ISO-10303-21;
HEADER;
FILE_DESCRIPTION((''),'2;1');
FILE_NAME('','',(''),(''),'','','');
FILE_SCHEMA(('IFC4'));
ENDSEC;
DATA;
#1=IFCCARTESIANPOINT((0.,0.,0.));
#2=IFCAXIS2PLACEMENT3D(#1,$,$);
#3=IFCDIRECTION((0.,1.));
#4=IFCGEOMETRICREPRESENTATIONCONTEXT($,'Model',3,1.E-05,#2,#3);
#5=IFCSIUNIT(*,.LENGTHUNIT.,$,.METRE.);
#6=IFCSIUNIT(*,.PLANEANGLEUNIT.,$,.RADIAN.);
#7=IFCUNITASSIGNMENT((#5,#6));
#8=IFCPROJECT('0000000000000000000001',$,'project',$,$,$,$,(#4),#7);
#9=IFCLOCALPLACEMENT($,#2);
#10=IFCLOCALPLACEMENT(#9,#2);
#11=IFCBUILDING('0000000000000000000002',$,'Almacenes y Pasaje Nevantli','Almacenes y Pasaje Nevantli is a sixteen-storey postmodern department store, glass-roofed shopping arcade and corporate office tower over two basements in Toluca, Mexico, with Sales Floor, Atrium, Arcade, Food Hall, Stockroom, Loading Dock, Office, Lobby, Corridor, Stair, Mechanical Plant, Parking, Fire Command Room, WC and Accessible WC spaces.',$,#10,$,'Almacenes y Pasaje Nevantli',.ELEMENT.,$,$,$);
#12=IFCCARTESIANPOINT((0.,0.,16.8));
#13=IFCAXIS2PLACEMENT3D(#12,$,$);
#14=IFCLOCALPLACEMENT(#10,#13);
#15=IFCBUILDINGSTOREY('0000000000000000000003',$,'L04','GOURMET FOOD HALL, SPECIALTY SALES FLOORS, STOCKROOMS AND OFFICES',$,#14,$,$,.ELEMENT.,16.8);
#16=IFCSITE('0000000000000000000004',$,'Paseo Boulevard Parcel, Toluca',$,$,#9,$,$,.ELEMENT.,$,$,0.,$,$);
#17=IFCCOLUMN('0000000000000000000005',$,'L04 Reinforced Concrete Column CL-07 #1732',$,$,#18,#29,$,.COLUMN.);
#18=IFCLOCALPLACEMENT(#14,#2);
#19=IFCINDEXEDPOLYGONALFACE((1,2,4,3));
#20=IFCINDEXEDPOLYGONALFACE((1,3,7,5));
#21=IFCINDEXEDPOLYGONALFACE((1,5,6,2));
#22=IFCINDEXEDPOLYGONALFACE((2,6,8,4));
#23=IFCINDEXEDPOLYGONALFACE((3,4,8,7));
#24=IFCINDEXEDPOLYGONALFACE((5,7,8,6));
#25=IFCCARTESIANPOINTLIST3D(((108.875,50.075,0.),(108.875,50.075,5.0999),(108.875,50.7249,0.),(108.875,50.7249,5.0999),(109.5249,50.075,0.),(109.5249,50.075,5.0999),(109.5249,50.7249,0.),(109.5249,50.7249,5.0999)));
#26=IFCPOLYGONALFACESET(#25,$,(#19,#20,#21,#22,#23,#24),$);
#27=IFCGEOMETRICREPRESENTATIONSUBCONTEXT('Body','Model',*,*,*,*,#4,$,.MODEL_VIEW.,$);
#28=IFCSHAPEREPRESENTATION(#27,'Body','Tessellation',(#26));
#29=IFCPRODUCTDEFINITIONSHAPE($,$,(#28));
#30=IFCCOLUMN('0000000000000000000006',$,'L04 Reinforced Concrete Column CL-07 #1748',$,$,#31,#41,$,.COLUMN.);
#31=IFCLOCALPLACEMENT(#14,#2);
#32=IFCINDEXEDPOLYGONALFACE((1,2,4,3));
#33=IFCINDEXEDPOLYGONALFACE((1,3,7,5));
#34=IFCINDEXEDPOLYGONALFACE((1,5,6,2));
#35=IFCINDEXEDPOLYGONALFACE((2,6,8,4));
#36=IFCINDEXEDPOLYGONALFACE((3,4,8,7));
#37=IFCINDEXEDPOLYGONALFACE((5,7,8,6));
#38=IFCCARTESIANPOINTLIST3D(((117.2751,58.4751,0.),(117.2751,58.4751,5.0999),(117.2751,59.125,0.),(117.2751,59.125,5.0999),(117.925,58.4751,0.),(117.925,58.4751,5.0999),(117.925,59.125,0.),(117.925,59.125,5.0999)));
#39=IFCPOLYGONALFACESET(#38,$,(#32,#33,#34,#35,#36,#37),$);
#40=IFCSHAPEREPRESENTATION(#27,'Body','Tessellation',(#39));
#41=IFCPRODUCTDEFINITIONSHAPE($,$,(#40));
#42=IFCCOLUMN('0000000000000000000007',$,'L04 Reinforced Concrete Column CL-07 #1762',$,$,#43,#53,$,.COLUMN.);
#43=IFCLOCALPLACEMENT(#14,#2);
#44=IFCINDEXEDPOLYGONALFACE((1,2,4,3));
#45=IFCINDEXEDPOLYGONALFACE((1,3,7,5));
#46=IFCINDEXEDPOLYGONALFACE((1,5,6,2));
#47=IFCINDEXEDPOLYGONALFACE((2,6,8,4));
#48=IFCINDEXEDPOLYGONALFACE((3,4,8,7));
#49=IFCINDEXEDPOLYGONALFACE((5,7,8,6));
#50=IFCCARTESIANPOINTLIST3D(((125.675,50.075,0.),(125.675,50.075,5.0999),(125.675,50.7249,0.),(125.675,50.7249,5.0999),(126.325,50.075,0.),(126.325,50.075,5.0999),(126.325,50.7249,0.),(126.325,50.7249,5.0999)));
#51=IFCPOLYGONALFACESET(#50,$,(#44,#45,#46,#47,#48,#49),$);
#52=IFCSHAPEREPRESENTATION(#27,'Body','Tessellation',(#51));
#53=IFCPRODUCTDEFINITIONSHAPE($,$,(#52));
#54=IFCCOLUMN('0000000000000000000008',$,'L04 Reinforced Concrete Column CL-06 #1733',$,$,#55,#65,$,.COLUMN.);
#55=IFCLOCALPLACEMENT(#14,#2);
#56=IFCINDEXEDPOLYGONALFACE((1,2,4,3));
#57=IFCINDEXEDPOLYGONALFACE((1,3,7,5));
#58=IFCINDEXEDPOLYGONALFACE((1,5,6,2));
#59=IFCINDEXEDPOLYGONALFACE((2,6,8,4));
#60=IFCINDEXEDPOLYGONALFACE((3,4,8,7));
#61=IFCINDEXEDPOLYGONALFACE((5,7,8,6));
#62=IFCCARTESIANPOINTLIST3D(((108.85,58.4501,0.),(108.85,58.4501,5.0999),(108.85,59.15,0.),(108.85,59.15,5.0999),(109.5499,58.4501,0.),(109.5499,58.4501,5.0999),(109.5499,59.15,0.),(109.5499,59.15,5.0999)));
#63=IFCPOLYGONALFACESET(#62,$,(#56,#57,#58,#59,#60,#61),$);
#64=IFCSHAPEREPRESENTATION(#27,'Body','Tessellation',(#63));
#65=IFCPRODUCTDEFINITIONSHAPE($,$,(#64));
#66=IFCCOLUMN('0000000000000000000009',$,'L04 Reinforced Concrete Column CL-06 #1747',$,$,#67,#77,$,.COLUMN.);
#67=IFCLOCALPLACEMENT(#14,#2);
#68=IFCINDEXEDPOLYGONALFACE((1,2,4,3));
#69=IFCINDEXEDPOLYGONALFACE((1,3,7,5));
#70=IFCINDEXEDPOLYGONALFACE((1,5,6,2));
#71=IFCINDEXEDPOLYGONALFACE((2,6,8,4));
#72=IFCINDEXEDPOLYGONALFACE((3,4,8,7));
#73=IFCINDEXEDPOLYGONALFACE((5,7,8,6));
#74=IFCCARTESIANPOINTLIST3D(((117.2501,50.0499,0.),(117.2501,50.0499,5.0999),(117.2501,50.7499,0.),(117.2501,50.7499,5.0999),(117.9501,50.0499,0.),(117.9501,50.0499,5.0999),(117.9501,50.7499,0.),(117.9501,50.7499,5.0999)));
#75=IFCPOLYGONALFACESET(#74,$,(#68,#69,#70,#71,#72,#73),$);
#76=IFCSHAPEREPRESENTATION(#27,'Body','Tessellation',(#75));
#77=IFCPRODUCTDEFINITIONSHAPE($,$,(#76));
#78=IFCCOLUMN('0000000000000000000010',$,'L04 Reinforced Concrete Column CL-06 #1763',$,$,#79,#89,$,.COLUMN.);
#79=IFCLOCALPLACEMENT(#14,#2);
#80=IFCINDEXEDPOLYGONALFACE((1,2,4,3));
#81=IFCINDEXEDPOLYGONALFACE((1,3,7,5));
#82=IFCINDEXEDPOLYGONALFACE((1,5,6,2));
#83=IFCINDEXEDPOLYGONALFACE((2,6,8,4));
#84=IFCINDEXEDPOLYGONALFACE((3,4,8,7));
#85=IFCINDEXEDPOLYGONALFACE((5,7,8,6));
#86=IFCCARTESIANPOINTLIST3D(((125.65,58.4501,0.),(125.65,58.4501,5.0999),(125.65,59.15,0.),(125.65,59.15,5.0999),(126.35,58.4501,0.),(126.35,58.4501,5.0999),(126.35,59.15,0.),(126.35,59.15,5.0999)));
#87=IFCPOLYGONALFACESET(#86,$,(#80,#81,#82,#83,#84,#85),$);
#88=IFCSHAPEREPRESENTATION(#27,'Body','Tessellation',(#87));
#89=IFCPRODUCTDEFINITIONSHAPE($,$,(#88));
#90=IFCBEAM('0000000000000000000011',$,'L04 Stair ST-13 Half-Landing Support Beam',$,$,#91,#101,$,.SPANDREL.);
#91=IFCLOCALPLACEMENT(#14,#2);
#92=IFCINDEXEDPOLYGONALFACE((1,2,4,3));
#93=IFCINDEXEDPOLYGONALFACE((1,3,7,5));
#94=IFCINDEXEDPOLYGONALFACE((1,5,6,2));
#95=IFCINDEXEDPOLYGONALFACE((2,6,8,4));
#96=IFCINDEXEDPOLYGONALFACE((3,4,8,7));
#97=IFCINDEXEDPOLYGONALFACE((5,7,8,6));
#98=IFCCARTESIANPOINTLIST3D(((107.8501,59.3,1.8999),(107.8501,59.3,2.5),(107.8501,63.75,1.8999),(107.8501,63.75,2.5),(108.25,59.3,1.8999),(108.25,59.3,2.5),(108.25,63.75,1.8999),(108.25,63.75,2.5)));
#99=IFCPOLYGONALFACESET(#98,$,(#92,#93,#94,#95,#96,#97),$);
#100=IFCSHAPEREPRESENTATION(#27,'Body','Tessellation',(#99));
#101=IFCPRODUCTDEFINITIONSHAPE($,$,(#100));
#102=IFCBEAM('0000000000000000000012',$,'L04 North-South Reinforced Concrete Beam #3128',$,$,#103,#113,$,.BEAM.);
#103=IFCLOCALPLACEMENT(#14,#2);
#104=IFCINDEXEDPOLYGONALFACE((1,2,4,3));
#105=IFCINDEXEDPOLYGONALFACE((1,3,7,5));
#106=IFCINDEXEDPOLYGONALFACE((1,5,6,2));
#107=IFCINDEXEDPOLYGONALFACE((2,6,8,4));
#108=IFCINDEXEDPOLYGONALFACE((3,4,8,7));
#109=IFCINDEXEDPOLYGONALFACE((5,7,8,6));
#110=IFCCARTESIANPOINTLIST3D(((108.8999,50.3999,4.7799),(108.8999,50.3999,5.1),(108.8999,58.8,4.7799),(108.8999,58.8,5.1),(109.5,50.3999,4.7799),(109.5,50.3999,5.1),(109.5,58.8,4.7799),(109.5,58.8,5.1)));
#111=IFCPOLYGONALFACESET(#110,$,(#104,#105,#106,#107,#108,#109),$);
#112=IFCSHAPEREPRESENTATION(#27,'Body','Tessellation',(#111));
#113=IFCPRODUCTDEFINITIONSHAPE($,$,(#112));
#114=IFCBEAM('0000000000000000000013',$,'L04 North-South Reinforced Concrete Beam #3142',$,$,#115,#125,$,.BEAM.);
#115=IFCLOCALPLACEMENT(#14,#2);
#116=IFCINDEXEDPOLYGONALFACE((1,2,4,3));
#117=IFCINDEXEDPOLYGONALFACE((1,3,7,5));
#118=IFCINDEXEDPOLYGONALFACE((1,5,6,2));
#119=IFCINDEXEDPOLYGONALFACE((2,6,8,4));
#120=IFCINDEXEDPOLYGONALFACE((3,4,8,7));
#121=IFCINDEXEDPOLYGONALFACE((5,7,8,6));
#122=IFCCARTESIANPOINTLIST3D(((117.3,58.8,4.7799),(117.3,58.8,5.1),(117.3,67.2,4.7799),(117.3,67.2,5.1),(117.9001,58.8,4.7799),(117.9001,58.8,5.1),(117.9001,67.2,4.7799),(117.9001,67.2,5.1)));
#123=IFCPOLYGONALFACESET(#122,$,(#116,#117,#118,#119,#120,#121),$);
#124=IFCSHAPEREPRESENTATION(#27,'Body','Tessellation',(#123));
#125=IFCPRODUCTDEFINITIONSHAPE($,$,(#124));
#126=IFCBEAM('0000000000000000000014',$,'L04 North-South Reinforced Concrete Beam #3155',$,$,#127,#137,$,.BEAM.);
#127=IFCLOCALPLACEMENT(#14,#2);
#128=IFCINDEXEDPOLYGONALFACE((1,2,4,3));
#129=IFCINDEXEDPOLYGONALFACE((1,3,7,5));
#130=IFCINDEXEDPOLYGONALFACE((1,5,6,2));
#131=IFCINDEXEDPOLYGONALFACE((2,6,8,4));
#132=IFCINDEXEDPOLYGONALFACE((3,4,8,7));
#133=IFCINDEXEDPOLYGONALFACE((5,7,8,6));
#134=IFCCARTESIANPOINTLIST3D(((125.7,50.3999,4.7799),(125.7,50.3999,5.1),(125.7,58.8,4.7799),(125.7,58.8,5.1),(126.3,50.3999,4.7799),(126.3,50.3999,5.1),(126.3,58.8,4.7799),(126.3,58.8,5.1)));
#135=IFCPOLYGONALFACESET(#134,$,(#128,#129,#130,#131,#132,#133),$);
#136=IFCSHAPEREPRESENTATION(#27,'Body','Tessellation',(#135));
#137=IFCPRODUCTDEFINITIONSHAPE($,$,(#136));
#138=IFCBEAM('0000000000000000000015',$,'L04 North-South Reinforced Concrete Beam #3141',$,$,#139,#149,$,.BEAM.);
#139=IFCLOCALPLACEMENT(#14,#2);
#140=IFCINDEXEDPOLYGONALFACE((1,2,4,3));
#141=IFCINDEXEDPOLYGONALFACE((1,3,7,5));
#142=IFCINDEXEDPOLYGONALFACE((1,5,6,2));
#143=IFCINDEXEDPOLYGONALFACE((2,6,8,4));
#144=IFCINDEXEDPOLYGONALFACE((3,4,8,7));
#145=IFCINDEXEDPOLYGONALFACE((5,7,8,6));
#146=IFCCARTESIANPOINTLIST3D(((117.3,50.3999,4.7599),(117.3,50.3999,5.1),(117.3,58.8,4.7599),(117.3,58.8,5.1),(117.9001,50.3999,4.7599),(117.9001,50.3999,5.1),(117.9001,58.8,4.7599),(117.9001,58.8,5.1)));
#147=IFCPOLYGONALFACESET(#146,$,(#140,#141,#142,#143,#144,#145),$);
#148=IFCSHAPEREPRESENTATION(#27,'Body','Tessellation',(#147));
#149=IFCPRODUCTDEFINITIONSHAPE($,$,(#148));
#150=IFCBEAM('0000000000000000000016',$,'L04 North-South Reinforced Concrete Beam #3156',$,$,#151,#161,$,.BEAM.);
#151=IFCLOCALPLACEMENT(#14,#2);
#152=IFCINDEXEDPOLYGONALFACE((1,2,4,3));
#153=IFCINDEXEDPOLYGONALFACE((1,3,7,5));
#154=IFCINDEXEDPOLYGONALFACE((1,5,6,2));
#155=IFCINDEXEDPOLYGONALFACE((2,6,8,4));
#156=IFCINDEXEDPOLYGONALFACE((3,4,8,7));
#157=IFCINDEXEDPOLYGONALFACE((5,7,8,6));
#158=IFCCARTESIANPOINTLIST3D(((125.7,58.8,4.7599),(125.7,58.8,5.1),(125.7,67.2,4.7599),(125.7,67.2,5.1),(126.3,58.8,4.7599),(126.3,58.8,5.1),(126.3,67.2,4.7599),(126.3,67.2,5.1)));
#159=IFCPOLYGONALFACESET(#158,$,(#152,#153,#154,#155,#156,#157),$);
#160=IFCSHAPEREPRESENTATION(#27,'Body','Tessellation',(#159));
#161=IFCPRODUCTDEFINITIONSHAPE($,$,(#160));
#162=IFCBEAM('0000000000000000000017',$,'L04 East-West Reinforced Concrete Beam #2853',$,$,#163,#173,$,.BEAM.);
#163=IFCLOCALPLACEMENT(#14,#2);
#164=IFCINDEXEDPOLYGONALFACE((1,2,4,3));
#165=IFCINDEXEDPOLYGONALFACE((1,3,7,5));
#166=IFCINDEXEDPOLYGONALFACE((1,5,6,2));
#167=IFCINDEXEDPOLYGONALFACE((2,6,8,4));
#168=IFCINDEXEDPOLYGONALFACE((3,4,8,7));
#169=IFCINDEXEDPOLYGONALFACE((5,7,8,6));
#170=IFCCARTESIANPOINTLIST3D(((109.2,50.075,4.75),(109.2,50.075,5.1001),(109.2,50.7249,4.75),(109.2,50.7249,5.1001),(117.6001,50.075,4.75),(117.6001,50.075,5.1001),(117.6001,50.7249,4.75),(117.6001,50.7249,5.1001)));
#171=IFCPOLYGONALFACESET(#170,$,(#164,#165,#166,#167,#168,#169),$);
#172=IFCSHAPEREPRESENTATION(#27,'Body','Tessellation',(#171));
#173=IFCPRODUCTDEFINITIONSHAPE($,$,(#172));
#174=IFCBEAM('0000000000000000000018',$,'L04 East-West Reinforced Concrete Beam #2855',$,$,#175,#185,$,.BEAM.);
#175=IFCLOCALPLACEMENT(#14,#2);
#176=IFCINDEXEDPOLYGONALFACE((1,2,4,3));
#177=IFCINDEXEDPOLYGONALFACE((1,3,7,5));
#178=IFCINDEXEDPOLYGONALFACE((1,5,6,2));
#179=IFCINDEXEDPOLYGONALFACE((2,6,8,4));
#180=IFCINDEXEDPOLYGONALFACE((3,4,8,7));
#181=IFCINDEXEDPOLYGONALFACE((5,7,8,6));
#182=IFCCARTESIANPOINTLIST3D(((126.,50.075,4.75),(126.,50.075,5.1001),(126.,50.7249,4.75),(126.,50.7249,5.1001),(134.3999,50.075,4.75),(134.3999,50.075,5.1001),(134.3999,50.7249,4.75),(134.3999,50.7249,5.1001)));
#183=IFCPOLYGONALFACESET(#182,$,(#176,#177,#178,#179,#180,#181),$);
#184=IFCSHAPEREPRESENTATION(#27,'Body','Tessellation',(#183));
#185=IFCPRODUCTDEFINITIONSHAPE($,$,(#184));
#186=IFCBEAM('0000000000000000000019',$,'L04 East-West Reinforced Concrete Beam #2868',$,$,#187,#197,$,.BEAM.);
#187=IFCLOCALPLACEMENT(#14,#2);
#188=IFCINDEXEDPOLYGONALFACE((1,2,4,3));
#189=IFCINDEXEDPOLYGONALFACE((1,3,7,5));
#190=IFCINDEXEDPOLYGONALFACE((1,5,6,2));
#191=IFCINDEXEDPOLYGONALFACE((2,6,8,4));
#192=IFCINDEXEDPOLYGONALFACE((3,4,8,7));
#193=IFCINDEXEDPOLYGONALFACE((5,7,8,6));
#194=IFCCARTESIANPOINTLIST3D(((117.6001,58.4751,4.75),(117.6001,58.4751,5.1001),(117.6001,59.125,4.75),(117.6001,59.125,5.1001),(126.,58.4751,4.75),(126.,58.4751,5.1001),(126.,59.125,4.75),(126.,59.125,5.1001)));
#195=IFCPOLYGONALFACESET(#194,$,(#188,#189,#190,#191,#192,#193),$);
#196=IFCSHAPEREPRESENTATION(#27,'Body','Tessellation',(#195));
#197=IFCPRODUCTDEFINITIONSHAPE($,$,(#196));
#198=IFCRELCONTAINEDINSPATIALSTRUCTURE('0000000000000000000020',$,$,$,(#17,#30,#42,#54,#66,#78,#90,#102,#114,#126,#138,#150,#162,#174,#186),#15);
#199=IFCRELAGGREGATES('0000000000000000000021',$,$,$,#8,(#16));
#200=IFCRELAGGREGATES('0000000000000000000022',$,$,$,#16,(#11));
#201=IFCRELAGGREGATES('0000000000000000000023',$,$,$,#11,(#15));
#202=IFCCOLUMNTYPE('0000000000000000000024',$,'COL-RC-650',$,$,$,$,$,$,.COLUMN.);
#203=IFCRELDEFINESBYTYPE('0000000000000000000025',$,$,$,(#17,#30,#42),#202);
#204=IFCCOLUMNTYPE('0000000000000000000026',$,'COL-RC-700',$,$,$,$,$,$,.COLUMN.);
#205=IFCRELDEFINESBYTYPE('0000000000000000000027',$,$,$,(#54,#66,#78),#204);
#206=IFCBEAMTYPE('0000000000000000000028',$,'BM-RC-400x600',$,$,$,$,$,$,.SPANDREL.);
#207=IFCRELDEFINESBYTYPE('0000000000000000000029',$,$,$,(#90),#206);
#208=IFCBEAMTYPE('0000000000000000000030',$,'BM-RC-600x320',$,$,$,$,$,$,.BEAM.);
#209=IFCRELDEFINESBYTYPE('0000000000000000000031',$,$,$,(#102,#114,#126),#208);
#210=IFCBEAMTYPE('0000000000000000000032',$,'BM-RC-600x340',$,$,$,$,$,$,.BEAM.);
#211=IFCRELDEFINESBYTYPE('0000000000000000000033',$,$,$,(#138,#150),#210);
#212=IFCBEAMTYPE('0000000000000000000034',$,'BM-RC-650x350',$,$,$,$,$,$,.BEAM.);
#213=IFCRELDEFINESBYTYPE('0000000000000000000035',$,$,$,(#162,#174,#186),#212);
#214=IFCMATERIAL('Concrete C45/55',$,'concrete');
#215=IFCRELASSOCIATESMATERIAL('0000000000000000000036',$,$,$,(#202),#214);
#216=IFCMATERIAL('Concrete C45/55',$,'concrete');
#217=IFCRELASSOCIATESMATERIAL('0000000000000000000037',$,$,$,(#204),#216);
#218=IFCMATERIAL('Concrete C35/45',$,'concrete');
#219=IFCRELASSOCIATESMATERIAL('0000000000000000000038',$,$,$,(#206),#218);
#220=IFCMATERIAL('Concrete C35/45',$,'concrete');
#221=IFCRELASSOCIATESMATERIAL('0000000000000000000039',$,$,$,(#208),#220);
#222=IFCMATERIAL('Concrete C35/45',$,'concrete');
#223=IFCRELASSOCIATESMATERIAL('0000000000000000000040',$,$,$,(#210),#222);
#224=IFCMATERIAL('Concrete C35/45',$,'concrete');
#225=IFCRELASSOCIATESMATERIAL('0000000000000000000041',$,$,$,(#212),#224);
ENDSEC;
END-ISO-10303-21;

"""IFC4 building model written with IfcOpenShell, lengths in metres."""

from ifc_helpers import new_model, si_unit, direction, frame, origin, origin_2d, place, context, subcontext, project, spatial, rectangle, extrude, material, material_profile, profile_set, type_object, element, save


model = new_model("IFC4")

# Units and contexts
model_context = context("Model", 3, precision=1e-05, world=origin(), true_north=direction((0.0, 1.0)))
body_context = subcontext(model_context, "Body", "Model", "MODEL_VIEW")
ifc_project = project(units=[si_unit("LENGTHUNIT", "METRE"), si_unit("PLANEANGLEUNIT", "RADIAN")], contexts=[model_context])

# Site, building, storey
site_placement = place(None, origin())
site = spatial("IfcSite", under=ifc_project, at=site_placement, Name="Paseo Boulevard Parcel, Toluca", CompositionType="ELEMENT", RefElevation=0.0)
building_placement = place(site_placement, origin())
building = spatial("IfcBuilding", under=site, at=building_placement, Name="Almacenes y Pasaje Nevantli", Description="Almacenes y Pasaje Nevantli is a sixteen-storey postmodern department store, glass-roofed shopping arcade and corporate office tower over two basements in Toluca, Mexico, with Sales Floor, Atrium, Arcade, Food Hall, Stockroom, Loading Dock, Office, Lobby, Corridor, Stair, Mechanical Plant, Parking, Fire Command Room, WC and Accessible WC spaces.", LongName="Almacenes y Pasaje Nevantli", CompositionType="ELEMENT")
storey_placement = place(building_placement, frame((0.0, 0.0, 16.8)))
storey = spatial("IfcBuildingStorey", under=building, at=storey_placement, Name="L04", Description="GOURMET FOOD HALL, SPECIALTY SALES FLOORS, STOCKROOMS AND OFFICES", CompositionType="ELEMENT", Elevation=16.8)

# Columns
ifc_material_1 = material(Name="Concrete C45/55", Category="concrete")
ifc_material_profile_1 = material_profile(ifc_material_1, rectangle(XDim=0.6499, YDim=0.6499, at=origin_2d()), Name="RC-COL-650x650")
ifc_profile_set_1 = profile_set([ifc_material_profile_1], Name="Concrete C45/55")
column_type_1 = type_object("IfcColumnType", Name="COL-RC-650", PredefinedType="COLUMN", material=ifc_profile_set_1)
for number, where, z_axis, x_axis, name in (
    (1, (109.2, 50.3999, 0.0), (0.0, 0.0, 1.0), (1.0, 0.0, 0.0), "L04 Reinforced Concrete Column CL-07 #1732"),
    (2, (117.6001, 58.8, 0.0), (0.0, 0.0, 1.0), (1.0, 0.0, 0.0), "L04 Reinforced Concrete Column CL-07 #1748"),
    (3, (126.0, 50.3999, 0.0), (0.0, 0.0, 1.0), (1.0, 0.0, 0.0), "L04 Reinforced Concrete Column CL-07 #1762"),
):
    element("IfcColumn", number, at=place(storey_placement, frame(where, z_axis=z_axis, x_axis=x_axis)), inside=storey, type_object=column_type_1, Name=name, PredefinedType="COLUMN", context=body_context, shape_type="SweptSolid", body=[
        extrude(rectangle(XDim=0.6499, YDim=0.6499, at=origin_2d()), origin(), (0.0, 0.0, 1.0), 5.0999),
    ])
ifc_material_2 = material(Name="Concrete C45/55", Category="concrete")
ifc_material_profile_2 = material_profile(ifc_material_2, rectangle(XDim=0.7, YDim=0.7, at=origin_2d()), Name="RC-COL-700x700")
ifc_profile_set_2 = profile_set([ifc_material_profile_2], Name="Concrete C45/55")
column_type_2 = type_object("IfcColumnType", Name="COL-RC-700", PredefinedType="COLUMN", material=ifc_profile_set_2)
for number, where, z_axis, x_axis, name in (
    (4, (109.2, 58.8, 0.0), (0.0, 0.0, 1.0), (1.0, 0.0, 0.0), "L04 Reinforced Concrete Column CL-06 #1733"),
    (5, (117.6001, 50.3999, 0.0), (0.0, 0.0, 1.0), (1.0, 0.0, 0.0), "L04 Reinforced Concrete Column CL-06 #1747"),
    (6, (126.0, 58.8, 0.0), (0.0, 0.0, 1.0), (1.0, 0.0, 0.0), "L04 Reinforced Concrete Column CL-06 #1763"),
):
    element("IfcColumn", number, at=place(storey_placement, frame(where, z_axis=z_axis, x_axis=x_axis)), inside=storey, type_object=column_type_2, Name=name, PredefinedType="COLUMN", context=body_context, shape_type="SweptSolid", body=[
        extrude(rectangle(XDim=0.7, YDim=0.7, at=origin_2d()), origin(), (0.0, 0.0, 1.0), 5.0999),
    ])

# Beams
ifc_material_3 = material(Name="Concrete C35/45", Category="concrete")
ifc_material_profile_3 = material_profile(ifc_material_3, rectangle(XDim=0.3999, YDim=0.6001, at=origin_2d()), Name="RC-BM-400x600")
ifc_profile_set_3 = profile_set([ifc_material_profile_3], Name="Concrete C35/45")
beam_type_1 = type_object("IfcBeamType", Name="BM-RC-400x600", PredefinedType="SPANDREL", material=ifc_profile_set_3)
beam_1_placement = place(storey_placement, frame((108.05, 59.3, 2.2), z_axis=(0.0, 1.0, 0.0), x_axis=(-1.0, 0.0, 0.0)))
element("IfcBeam", 7, at=beam_1_placement, inside=storey, type_object=beam_type_1, Name="L04 Stair ST-13 Half-Landing Support Beam", PredefinedType="SPANDREL", context=body_context, shape_type="SweptSolid", body=[
    extrude(rectangle(XDim=0.3999, YDim=0.6001, at=origin_2d()), origin(), (0.0, 0.0, 1.0), 4.45),
])
ifc_material_4 = material(Name="Concrete C35/45", Category="concrete")
ifc_material_profile_4 = material_profile(ifc_material_4, rectangle(XDim=0.6001, YDim=0.3201, at=origin_2d()), Name="RC-BM-600x320")
ifc_profile_set_4 = profile_set([ifc_material_profile_4], Name="Concrete C35/45")
beam_type_2 = type_object("IfcBeamType", Name="BM-RC-600x320", PredefinedType="BEAM", material=ifc_profile_set_4)
beam_2_placement = place(storey_placement, frame((109.2, 50.3999, 4.9399), z_axis=(0.0, 1.0, 0.0), x_axis=(-1.0, 0.0, 0.0)))
element("IfcBeam", 8, at=beam_2_placement, inside=storey, type_object=beam_type_2, Name="L04 North-South Reinforced Concrete Beam #3128", PredefinedType="BEAM", context=body_context, shape_type="SweptSolid", body=[
    extrude(rectangle(XDim=0.6001, YDim=0.3201, at=origin_2d()), origin(), (0.0, 0.0, 1.0), 8.4001),
])
beam_3_placement = place(storey_placement, frame((117.6001, 58.8, 4.9399), z_axis=(0.0, 1.0, 0.0), x_axis=(-1.0, 0.0, 0.0)))
element("IfcBeam", 9, at=beam_3_placement, inside=storey, type_object=beam_type_2, Name="L04 North-South Reinforced Concrete Beam #3142", PredefinedType="BEAM", context=body_context, shape_type="SweptSolid", body=[
    extrude(rectangle(XDim=0.6001, YDim=0.3201, at=origin_2d()), origin(), (0.0, 0.0, 1.0), 8.3999),
])
beam_4_placement = place(storey_placement, frame((126.0, 50.3999, 4.9399), z_axis=(0.0, 1.0, 0.0), x_axis=(-1.0, 0.0, 0.0)))
element("IfcBeam", 10, at=beam_4_placement, inside=storey, type_object=beam_type_2, Name="L04 North-South Reinforced Concrete Beam #3155", PredefinedType="BEAM", context=body_context, shape_type="SweptSolid", body=[
    extrude(rectangle(XDim=0.6001, YDim=0.3201, at=origin_2d()), origin(), (0.0, 0.0, 1.0), 8.4001),
])
ifc_material_5 = material(Name="Concrete C35/45", Category="concrete")
ifc_material_profile_5 = material_profile(ifc_material_5, rectangle(XDim=0.6001, YDim=0.3401, at=origin_2d()), Name="RC-BM-600x340")
ifc_profile_set_5 = profile_set([ifc_material_profile_5], Name="Concrete C35/45")
beam_type_3 = type_object("IfcBeamType", Name="BM-RC-600x340", PredefinedType="BEAM", material=ifc_profile_set_5)
beam_5_placement = place(storey_placement, frame((117.6001, 50.3999, 4.9299), z_axis=(0.0, 1.0, 0.0), x_axis=(-1.0, 0.0, 0.0)))
element("IfcBeam", 11, at=beam_5_placement, inside=storey, type_object=beam_type_3, Name="L04 North-South Reinforced Concrete Beam #3141", PredefinedType="BEAM", context=body_context, shape_type="SweptSolid", body=[
    extrude(rectangle(XDim=0.6001, YDim=0.3401, at=origin_2d()), origin(), (0.0, 0.0, 1.0), 8.4001),
])
beam_6_placement = place(storey_placement, frame((126.0, 58.8, 4.9299), z_axis=(0.0, 1.0, 0.0), x_axis=(-1.0, 0.0, 0.0)))
element("IfcBeam", 12, at=beam_6_placement, inside=storey, type_object=beam_type_3, Name="L04 North-South Reinforced Concrete Beam #3156", PredefinedType="BEAM", context=body_context, shape_type="SweptSolid", body=[
    extrude(rectangle(XDim=0.6001, YDim=0.3401, at=origin_2d()), origin(), (0.0, 0.0, 1.0), 8.3999),
])
ifc_material_6 = material(Name="Concrete C35/45", Category="concrete")
ifc_material_profile_6 = material_profile(ifc_material_6, rectangle(XDim=0.6499, YDim=0.3501, at=origin_2d()), Name="RC-BM-650x350")
ifc_profile_set_6 = profile_set([ifc_material_profile_6], Name="Concrete C35/45")
beam_type_4 = type_object("IfcBeamType", Name="BM-RC-650x350", PredefinedType="BEAM", material=ifc_profile_set_6)
beam_7_placement = place(storey_placement, frame((109.2, 50.3999, 4.925), z_axis=(1.0, 0.0, 0.0), x_axis=(0.0, 1.0, 0.0)))
element("IfcBeam", 13, at=beam_7_placement, inside=storey, type_object=beam_type_4, Name="L04 East-West Reinforced Concrete Beam #2853", PredefinedType="BEAM", context=body_context, shape_type="SweptSolid", body=[
    extrude(rectangle(XDim=0.6499, YDim=0.3501, at=origin_2d()), origin(), (0.0, 0.0, 1.0), 8.4001),
])
for number, where, z_axis, x_axis, name in (
    (14, (126.0, 50.3999, 4.925), (1.0, 0.0, 0.0), (0.0, 1.0, 0.0), "L04 East-West Reinforced Concrete Beam #2855"),
    (15, (117.6001, 58.8, 4.925), (1.0, 0.0, 0.0), (0.0, 1.0, 0.0), "L04 East-West Reinforced Concrete Beam #2868"),
):
    element("IfcBeam", number, at=place(storey_placement, frame(where, z_axis=z_axis, x_axis=x_axis)), inside=storey, type_object=beam_type_4, Name=name, PredefinedType="BEAM", context=body_context, shape_type="SweptSolid", body=[
        extrude(rectangle(XDim=0.6499, YDim=0.3501, at=origin_2d()), origin(), (0.0, 0.0, 1.0), 8.3999),
    ])

save(model, "model.ifc")
